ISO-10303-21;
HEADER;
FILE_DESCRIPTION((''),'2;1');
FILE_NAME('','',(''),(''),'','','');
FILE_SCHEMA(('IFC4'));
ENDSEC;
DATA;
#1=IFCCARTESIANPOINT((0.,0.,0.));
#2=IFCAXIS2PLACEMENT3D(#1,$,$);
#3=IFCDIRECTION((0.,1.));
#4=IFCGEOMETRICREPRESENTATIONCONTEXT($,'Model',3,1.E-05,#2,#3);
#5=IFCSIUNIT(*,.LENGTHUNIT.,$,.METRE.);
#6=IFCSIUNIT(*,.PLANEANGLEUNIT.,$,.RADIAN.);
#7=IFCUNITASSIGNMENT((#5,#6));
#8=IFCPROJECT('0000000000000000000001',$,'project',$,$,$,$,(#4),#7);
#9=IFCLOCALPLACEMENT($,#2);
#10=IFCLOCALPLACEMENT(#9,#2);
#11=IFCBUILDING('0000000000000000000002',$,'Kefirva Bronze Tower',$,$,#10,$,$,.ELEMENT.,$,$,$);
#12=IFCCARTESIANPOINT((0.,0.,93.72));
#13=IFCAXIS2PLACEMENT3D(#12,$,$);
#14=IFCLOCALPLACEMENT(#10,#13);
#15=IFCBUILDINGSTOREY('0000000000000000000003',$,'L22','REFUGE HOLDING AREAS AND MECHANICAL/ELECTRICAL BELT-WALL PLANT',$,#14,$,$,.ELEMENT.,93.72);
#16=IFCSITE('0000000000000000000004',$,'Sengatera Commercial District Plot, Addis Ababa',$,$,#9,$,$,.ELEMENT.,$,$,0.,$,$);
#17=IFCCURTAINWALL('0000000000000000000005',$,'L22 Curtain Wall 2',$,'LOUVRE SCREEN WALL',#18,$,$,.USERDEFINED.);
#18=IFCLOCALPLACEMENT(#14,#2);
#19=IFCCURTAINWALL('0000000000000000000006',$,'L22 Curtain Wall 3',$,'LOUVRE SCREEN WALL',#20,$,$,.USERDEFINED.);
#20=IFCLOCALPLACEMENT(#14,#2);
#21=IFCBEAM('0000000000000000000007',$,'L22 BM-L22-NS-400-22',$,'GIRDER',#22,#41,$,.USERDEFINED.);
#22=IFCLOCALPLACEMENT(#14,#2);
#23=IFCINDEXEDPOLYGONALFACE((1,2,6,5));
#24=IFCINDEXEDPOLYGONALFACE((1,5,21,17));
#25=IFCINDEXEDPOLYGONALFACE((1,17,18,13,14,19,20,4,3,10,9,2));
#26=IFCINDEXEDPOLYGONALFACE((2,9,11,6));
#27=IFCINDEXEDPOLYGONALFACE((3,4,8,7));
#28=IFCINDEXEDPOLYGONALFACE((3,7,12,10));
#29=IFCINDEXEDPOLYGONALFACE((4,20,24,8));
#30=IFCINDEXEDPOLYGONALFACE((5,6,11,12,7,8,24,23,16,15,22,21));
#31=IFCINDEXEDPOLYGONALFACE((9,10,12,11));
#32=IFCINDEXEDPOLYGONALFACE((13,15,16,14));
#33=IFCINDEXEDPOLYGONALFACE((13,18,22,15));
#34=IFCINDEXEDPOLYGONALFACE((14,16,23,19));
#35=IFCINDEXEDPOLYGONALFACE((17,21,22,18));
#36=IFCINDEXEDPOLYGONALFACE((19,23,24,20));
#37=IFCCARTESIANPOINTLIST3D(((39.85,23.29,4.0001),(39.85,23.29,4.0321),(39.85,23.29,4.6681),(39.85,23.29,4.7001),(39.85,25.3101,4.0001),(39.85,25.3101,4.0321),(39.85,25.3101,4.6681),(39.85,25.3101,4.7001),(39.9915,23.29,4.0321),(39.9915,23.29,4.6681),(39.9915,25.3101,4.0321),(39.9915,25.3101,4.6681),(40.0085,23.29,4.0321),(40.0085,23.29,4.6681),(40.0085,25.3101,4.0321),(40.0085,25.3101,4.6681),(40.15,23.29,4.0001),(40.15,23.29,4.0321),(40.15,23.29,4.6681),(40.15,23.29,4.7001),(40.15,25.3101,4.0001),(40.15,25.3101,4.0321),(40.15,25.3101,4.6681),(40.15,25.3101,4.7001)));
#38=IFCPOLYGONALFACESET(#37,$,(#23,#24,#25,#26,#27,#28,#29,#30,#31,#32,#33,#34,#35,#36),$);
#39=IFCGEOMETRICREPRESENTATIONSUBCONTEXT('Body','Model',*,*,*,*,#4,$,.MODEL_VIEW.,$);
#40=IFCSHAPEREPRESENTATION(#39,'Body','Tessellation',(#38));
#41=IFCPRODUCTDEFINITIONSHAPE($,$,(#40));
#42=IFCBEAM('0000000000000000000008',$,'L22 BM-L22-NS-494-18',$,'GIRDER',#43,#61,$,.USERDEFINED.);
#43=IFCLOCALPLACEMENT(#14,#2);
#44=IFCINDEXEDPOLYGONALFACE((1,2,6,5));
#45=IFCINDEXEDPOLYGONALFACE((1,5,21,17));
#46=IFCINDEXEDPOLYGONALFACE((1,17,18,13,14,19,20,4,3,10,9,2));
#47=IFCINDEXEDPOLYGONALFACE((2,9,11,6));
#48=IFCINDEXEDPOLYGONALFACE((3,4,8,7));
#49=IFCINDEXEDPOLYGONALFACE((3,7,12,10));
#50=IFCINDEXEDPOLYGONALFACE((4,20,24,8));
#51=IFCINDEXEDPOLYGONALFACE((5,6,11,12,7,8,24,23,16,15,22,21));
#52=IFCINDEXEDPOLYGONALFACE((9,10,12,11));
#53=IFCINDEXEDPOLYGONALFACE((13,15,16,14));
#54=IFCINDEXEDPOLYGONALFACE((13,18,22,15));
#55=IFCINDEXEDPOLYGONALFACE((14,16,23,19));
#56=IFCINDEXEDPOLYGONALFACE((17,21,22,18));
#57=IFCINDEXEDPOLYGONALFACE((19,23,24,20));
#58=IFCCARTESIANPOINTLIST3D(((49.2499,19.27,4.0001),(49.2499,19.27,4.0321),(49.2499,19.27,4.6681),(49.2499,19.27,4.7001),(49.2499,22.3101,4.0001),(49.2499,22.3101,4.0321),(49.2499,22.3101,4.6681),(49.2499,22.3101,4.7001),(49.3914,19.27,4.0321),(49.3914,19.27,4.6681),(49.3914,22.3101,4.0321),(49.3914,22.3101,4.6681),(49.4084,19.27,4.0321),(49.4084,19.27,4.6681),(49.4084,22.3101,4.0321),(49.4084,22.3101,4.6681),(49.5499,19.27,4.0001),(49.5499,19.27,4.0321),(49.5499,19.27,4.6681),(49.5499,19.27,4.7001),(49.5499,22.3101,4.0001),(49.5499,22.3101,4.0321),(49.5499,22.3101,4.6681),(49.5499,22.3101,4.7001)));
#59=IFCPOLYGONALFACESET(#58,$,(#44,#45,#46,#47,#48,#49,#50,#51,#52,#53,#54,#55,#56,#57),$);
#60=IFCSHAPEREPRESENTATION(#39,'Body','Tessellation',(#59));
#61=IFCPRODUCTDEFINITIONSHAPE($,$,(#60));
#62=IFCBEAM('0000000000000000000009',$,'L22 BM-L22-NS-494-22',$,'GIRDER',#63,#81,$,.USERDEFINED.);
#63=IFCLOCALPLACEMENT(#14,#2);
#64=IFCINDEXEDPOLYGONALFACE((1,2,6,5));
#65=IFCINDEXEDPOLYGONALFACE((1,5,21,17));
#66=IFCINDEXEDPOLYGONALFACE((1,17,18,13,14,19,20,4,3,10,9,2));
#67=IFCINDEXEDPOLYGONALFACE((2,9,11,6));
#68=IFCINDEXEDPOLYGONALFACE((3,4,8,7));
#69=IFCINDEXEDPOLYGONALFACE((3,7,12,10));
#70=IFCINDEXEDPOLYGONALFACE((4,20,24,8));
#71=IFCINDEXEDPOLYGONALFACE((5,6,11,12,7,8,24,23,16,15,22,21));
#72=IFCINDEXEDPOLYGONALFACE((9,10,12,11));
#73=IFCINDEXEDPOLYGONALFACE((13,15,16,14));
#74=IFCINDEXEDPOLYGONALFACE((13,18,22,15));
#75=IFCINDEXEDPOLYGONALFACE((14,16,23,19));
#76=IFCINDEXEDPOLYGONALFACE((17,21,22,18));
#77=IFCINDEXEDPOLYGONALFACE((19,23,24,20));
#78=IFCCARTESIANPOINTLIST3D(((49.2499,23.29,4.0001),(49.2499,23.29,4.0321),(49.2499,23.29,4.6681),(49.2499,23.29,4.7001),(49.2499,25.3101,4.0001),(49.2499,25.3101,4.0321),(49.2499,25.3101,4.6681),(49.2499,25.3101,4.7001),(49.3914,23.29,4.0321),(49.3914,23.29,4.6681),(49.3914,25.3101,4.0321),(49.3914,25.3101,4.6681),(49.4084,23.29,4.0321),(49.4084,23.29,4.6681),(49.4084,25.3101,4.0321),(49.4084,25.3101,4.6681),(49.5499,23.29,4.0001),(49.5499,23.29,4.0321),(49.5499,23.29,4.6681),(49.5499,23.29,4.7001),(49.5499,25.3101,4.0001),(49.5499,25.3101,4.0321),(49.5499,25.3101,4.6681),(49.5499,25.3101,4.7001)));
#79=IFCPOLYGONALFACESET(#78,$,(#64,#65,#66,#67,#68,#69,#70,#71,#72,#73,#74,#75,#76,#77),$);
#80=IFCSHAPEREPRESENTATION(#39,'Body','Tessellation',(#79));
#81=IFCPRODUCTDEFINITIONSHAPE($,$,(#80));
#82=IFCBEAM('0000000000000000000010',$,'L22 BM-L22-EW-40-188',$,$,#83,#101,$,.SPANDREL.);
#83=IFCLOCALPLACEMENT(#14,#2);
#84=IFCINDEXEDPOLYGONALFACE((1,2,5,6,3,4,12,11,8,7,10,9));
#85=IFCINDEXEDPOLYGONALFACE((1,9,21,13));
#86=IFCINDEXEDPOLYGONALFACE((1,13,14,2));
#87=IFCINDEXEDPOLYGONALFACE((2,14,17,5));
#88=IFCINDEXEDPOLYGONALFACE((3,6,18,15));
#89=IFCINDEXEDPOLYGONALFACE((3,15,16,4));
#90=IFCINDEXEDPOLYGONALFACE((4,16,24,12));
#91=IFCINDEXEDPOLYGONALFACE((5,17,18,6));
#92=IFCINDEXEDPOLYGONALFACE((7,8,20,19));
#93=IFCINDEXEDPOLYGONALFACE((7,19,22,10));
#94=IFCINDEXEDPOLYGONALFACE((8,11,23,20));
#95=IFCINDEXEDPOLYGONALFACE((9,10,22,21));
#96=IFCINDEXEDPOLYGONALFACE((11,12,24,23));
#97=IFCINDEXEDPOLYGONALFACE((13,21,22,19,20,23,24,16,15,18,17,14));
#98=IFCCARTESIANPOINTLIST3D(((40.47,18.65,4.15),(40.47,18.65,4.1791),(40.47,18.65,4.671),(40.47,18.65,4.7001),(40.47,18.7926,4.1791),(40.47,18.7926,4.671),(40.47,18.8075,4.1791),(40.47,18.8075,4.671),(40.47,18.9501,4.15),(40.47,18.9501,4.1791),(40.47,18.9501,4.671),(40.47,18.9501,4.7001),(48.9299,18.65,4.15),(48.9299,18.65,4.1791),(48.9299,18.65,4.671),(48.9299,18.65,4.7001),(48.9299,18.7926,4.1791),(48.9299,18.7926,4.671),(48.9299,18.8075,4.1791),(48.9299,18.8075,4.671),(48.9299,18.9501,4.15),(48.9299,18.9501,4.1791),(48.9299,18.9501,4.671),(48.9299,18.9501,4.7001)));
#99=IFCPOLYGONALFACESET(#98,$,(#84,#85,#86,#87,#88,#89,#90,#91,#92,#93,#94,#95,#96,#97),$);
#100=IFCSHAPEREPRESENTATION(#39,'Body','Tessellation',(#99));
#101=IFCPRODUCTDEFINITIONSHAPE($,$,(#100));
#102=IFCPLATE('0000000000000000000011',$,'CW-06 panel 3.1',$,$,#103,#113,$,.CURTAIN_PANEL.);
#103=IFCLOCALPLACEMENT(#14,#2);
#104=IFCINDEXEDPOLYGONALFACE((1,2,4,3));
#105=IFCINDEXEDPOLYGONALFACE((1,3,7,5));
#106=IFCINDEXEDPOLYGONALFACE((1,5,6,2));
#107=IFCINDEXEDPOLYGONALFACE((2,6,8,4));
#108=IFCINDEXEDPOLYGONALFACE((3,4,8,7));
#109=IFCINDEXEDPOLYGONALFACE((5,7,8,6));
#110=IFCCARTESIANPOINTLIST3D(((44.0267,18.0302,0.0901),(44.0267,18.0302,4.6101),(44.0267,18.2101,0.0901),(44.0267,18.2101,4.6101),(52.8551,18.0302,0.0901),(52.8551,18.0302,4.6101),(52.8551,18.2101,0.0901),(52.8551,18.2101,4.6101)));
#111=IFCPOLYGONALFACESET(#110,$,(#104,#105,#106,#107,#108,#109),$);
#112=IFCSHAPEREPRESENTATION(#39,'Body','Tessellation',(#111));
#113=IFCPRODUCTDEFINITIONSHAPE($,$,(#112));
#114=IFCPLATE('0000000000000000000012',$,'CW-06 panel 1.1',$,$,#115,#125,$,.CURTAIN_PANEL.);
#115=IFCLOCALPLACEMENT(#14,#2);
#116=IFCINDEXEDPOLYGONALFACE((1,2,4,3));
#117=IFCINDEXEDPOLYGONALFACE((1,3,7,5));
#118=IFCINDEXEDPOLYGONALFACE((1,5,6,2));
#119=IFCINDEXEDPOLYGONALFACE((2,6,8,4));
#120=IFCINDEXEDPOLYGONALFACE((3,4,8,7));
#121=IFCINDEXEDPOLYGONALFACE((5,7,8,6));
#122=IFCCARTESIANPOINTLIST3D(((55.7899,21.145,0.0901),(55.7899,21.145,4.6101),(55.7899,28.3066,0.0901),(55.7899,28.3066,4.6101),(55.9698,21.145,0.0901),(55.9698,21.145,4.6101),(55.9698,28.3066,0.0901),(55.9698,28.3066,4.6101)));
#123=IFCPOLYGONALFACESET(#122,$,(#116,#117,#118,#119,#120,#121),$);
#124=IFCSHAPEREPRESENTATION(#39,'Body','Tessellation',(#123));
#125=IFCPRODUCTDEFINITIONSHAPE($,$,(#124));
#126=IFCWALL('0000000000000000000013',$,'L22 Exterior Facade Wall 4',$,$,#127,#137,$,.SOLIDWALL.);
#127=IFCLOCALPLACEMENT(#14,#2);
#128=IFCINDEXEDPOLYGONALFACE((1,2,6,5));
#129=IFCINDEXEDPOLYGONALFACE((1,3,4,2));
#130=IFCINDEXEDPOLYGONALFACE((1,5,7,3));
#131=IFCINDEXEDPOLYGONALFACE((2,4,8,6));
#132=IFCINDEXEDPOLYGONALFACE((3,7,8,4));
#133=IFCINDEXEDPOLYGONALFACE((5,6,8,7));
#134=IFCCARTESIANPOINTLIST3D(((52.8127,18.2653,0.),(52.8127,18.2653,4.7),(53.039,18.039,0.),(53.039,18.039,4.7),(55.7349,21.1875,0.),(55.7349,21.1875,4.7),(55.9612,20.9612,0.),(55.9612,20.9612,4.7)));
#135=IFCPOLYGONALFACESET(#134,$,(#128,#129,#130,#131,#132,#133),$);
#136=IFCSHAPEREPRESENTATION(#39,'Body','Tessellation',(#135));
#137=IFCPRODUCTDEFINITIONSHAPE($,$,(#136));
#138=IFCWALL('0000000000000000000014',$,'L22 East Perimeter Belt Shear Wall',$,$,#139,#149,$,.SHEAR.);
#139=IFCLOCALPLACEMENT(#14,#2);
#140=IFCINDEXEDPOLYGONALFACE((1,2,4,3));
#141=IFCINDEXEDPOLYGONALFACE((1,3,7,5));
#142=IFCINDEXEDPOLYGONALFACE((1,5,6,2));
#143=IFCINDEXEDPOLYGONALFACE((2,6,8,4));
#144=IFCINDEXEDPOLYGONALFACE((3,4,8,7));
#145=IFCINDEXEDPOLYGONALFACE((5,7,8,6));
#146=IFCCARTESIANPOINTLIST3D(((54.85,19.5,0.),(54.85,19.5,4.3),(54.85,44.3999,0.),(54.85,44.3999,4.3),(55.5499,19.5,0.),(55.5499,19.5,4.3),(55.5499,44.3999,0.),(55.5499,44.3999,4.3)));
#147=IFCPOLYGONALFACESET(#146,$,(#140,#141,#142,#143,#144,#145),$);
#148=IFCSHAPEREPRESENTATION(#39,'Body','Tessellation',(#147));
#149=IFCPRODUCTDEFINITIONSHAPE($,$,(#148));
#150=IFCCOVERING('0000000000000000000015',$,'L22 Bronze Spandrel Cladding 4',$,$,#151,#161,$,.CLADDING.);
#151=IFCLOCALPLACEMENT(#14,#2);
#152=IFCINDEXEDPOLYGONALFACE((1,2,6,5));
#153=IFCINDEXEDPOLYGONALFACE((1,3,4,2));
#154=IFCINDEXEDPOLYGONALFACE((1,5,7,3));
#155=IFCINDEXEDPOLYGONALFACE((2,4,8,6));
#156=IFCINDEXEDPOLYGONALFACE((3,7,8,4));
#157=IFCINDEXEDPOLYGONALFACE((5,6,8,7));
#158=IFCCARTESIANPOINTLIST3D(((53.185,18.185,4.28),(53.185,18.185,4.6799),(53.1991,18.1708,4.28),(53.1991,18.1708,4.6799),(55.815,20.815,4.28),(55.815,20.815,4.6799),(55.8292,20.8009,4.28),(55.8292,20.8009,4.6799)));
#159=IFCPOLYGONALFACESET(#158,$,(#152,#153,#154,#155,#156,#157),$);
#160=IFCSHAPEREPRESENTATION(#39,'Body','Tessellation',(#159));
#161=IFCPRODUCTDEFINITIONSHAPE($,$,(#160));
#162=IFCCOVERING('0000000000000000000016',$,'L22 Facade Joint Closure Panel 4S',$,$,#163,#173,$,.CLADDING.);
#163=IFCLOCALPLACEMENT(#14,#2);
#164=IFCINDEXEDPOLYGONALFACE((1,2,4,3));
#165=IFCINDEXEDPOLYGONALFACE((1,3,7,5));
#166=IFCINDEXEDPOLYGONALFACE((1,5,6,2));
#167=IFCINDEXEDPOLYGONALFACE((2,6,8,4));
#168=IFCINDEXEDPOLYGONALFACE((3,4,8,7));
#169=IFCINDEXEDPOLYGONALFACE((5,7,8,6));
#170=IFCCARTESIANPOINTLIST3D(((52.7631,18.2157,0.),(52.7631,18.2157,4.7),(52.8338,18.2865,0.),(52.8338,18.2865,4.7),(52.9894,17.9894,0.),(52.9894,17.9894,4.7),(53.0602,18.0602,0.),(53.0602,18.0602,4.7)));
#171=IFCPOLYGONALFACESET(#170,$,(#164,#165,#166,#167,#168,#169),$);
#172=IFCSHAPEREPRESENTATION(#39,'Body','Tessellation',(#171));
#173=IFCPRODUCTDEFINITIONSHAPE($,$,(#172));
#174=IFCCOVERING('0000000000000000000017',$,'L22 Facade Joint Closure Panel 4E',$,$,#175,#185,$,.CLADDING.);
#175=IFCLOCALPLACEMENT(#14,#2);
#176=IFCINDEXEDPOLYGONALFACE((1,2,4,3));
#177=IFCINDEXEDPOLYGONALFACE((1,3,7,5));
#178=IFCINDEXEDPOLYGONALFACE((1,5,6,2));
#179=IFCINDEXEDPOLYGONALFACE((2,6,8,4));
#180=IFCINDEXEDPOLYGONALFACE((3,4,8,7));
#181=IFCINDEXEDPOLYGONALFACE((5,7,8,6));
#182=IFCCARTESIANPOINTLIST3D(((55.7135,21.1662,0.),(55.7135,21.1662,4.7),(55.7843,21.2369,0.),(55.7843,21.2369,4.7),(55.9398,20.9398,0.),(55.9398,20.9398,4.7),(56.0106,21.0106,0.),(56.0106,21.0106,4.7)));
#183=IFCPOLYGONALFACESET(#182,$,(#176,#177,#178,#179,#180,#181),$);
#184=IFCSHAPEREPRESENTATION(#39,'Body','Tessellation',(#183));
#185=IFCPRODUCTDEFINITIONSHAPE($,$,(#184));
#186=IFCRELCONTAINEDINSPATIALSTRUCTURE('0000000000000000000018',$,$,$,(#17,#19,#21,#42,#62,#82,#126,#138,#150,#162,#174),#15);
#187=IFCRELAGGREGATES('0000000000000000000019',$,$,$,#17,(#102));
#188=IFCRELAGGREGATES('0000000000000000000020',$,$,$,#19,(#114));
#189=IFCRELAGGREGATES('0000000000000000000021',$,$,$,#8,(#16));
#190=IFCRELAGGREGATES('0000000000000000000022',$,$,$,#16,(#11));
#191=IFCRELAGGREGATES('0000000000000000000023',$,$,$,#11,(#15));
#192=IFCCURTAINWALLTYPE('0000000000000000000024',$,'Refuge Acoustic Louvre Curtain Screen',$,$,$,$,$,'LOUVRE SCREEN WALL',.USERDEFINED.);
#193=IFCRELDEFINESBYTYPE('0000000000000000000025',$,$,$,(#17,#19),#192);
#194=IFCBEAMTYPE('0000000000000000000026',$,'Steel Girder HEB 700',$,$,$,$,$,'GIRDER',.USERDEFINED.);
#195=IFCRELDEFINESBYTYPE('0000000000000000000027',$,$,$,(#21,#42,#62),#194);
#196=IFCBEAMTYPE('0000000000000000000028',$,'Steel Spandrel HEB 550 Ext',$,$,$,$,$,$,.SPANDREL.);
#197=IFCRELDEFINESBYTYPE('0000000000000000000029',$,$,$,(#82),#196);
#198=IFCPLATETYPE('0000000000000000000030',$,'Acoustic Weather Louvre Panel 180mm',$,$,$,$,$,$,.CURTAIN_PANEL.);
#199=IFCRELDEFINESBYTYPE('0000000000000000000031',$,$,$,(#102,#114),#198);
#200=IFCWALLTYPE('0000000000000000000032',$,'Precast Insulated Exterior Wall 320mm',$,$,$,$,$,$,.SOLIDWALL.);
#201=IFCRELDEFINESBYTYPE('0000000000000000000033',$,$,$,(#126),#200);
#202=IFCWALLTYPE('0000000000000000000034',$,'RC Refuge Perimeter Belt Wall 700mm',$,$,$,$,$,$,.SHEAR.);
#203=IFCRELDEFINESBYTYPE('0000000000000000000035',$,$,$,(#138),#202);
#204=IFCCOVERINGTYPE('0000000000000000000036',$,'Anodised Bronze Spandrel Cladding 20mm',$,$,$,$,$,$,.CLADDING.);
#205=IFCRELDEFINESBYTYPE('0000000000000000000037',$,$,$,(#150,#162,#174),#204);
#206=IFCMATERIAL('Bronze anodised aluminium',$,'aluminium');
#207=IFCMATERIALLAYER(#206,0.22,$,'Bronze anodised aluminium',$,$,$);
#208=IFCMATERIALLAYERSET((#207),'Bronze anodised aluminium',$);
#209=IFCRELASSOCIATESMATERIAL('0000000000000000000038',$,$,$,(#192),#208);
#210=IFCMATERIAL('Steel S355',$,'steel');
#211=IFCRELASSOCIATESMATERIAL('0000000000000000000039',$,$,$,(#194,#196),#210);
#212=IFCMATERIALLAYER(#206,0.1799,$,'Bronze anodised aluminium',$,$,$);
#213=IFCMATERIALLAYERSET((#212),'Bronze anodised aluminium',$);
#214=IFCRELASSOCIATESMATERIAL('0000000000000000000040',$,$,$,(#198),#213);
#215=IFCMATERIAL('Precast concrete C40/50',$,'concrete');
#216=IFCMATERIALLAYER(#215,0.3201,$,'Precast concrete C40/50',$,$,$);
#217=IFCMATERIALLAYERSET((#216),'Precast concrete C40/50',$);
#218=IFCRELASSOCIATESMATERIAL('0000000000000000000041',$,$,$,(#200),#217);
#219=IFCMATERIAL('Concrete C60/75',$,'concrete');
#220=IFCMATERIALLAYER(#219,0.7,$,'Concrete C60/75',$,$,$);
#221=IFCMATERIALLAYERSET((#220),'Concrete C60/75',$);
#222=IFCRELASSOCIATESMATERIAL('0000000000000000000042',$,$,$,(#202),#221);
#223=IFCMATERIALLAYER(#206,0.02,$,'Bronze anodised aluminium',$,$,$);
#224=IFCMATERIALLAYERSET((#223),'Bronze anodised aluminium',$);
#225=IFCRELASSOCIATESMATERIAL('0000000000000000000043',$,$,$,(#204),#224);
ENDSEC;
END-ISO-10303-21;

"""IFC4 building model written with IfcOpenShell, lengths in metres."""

from ifc_helpers import new_model, si_unit, direction, frame, frame_2d, origin, origin_2d, place, context, subcontext, project, spatial, rectangle, i_section, extrude, material, layer, layer_set, material_profile, profile_set, type_object, element, aggregate, save


model = new_model("IFC4")

# Units and contexts
model_context = context("Model", 3, precision=1e-05, world=origin(), true_north=direction((0.0, 1.0)))
body_context = subcontext(model_context, "Body", "Model", "MODEL_VIEW")
ifc_project = project(units=[si_unit("LENGTHUNIT", "METRE"), si_unit("PLANEANGLEUNIT", "RADIAN")], contexts=[model_context])

# Site, building, storey
site_placement = place(None, origin())
site = spatial("IfcSite", under=ifc_project, at=site_placement, Name="Sengatera Commercial District Plot, Addis Ababa", CompositionType="ELEMENT", RefElevation=0.0)
building_placement = place(site_placement, origin())
building = spatial("IfcBuilding", under=site, at=building_placement, Name="Kefirva Bronze Tower", CompositionType="ELEMENT")
storey_placement = place(building_placement, frame((0.0, 0.0, 93.72)))
storey = spatial("IfcBuildingStorey", under=building, at=storey_placement, Name="L22", Description="REFUGE HOLDING AREAS AND MECHANICAL/ELECTRICAL BELT-WALL PLANT", CompositionType="ELEMENT", Elevation=93.72)

# Shared definitions
ifc_material_1 = material(Name="Concrete C60/75", Category="concrete")

# Curtain wall
ifc_material_2 = material(Name="Bronze anodised aluminium", Category="aluminium")
ifc_layer_1 = layer(ifc_material_2, 0.22, Name="Bronze anodised aluminium")
ifc_layer_set_1 = layer_set([ifc_layer_1], Name="Bronze anodised aluminium")
curtain_wall_type = type_object("IfcCurtainWallType", Name="Refuge Acoustic Louvre Curtain Screen", ElementType="LOUVRE SCREEN WALL", PredefinedType="USERDEFINED", material=ifc_layer_set_1)
curtain_wall_1_placement = place(storey_placement, origin())
curtain_wall_1 = element("IfcCurtainWall", 1, at=curtain_wall_1_placement, inside=storey, type_object=curtain_wall_type, Name="L22 Curtain Wall 2", ObjectType="LOUVRE SCREEN WALL", PredefinedType="USERDEFINED")

# Curtain wall
curtain_wall_2_placement = place(storey_placement, origin())
curtain_wall_2 = element("IfcCurtainWall", 2, at=curtain_wall_2_placement, inside=storey, type_object=curtain_wall_type, Name="L22 Curtain Wall 3", ObjectType="LOUVRE SCREEN WALL", PredefinedType="USERDEFINED")

# Beams
ifc_material_3 = material(Name="Steel S355", Category="steel")
ifc_material_profile_1 = material_profile(ifc_material_3, i_section(OverallWidth=0.3, OverallDepth=0.7, WebThickness=0.0171, FlangeThickness=0.032, at=origin_2d()), Name="HEB 700")
ifc_profile_set_1 = profile_set([ifc_material_profile_1], Name="Steel S355")
beam_type_1 = type_object("IfcBeamType", Name="Steel Girder HEB 700", ElementType="GIRDER", PredefinedType="USERDEFINED", material=ifc_profile_set_1)
beam_1_placement = place(storey_placement, frame((40.0, 23.29, 4.3501), z_axis=(0.0, 1.0, 0.0), x_axis=(-1.0, 0.0, 0.0)))
element("IfcBeam", 3, at=beam_1_placement, inside=storey, type_object=beam_type_1, Name="L22 BM-L22-NS-400-22", ObjectType="GIRDER", PredefinedType="USERDEFINED", context=body_context, shape_type="SweptSolid", body=[
    extrude(i_section(OverallWidth=0.3, OverallDepth=0.7, WebThickness=0.0171, FlangeThickness=0.032, at=origin_2d()), origin(), (0.0, 0.0, 1.0), 2.02),
])
beam_2_placement = place(storey_placement, frame((49.3999, 19.27, 4.3501), z_axis=(0.0, 1.0, 0.0), x_axis=(-1.0, 0.0, 0.0)))
element("IfcBeam", 4, at=beam_2_placement, inside=storey, type_object=beam_type_1, Name="L22 BM-L22-NS-494-18", ObjectType="GIRDER", PredefinedType="USERDEFINED", context=body_context, shape_type="SweptSolid", body=[
    extrude(i_section(OverallWidth=0.3, OverallDepth=0.7, WebThickness=0.0171, FlangeThickness=0.032, at=origin_2d()), origin(), (0.0, 0.0, 1.0), 3.04),
])
beam_3_placement = place(storey_placement, frame((49.3999, 23.29, 4.3501), z_axis=(0.0, 1.0, 0.0), x_axis=(-1.0, 0.0, 0.0)))
element("IfcBeam", 5, at=beam_3_placement, inside=storey, type_object=beam_type_1, Name="L22 BM-L22-NS-494-22", ObjectType="GIRDER", PredefinedType="USERDEFINED", context=body_context, shape_type="SweptSolid", body=[
    extrude(i_section(OverallWidth=0.3, OverallDepth=0.7, WebThickness=0.0171, FlangeThickness=0.032, at=origin_2d()), origin(), (0.0, 0.0, 1.0), 2.02),
])
ifc_material_profile_2 = material_profile(ifc_material_3, i_section(OverallWidth=0.3, OverallDepth=0.55, WebThickness=0.0149, FlangeThickness=0.0291, at=origin_2d()), Name="HEB 550")
ifc_profile_set_2 = profile_set([ifc_material_profile_2], Name="Steel S355")
beam_type_2 = type_object("IfcBeamType", Name="Steel Spandrel HEB 550 Ext", PredefinedType="SPANDREL", material=ifc_profile_set_2)
beam_4_placement = place(storey_placement, frame((40.47, 18.8, 4.425), z_axis=(1.0, 0.0, 0.0), x_axis=(0.0, 1.0, 0.0)))
element("IfcBeam", 6, at=beam_4_placement, inside=storey, type_object=beam_type_2, Name="L22 BM-L22-EW-40-188", PredefinedType="SPANDREL", context=body_context, shape_type="SweptSolid", body=[
    extrude(i_section(OverallWidth=0.3, OverallDepth=0.55, WebThickness=0.0149, FlangeThickness=0.0291, at=origin_2d()), origin(), (0.0, 0.0, 1.0), 8.46),
])

# Plates
ifc_layer_2 = layer(ifc_material_2, 0.1799, Name="Bronze anodised aluminium")
ifc_layer_set_2 = layer_set([ifc_layer_2], Name="Bronze anodised aluminium")
plate_type = type_object("IfcPlateType", Name="Acoustic Weather Louvre Panel 180mm", PredefinedType="CURTAIN_PANEL", material=ifc_layer_set_2)
plate_1_placement = place(storey_placement, frame((48.4409, 18.1201, 0.0901), z_axis=(0.0, 0.0, 1.0), x_axis=(1.0, 0.0, 0.0)))
plate_1 = element("IfcPlate", 7, at=plate_1_placement, type_object=plate_type, Name="CW-06 panel 3.1", PredefinedType="CURTAIN_PANEL", context=body_context, shape_type="SweptSolid", body=[
    extrude(rectangle(XDim=8.8284, YDim=0.1799, at=origin_2d()), origin(), (0.0, 0.0, 1.0), 4.52),
])
aggregate(curtain_wall_1, [plate_1])
plate_2_placement = place(storey_placement, frame((55.8799, 24.7258, 0.0901), z_axis=(0.0, 0.0, 1.0), x_axis=(0.0, 1.0, 0.0)))
plate_2 = element("IfcPlate", 8, at=plate_2_placement, type_object=plate_type, Name="CW-06 panel 1.1", PredefinedType="CURTAIN_PANEL", context=body_context, shape_type="SweptSolid", body=[
    extrude(rectangle(XDim=7.1616, YDim=0.1799, at=origin_2d()), origin(), (0.0, 0.0, 1.0), 4.52),
])
aggregate(curtain_wall_2, [plate_2])

# Walls
ifc_material_4 = material(Name="Precast concrete C40/50", Category="concrete")
ifc_layer_3 = layer(ifc_material_4, 0.3201, Name="Precast concrete C40/50")
ifc_layer_set_3 = layer_set([ifc_layer_3], Name="Precast concrete C40/50")
wall_type_1 = type_object("IfcWallType", Name="Precast Insulated Exterior Wall 320mm", PredefinedType="SOLIDWALL", material=ifc_layer_set_3)
wall_1_placement = place(storey_placement, frame((52.9258, 18.1521, 0.0), z_axis=(0.0, 0.0, 1.0), x_axis=(0.707107, 0.707107, 0.0)))
element("IfcWall", 9, at=wall_1_placement, inside=storey, type_object=wall_type_1, Name="L22 Exterior Facade Wall 4", PredefinedType="SOLIDWALL", context=body_context, shape_type="SweptSolid", body=[
    extrude(rectangle(XDim=4.1326, YDim=0.3201, at=frame_2d((2.0664, 0.0))), origin(), (0.0, 0.0, 1.0), 4.7),
])
ifc_layer_4 = layer(ifc_material_1, 0.7, Name="Concrete C60/75")
ifc_layer_set_4 = layer_set([ifc_layer_4], Name="Concrete C60/75")
wall_type_2 = type_object("IfcWallType", Name="RC Refuge Perimeter Belt Wall 700mm", PredefinedType="SHEAR", material=ifc_layer_set_4)
wall_2_placement = place(storey_placement, frame((55.2, 19.5, 0.0), z_axis=(0.0, 0.0, 1.0), x_axis=(0.0, 1.0, 0.0)))
element("IfcWall", 10, at=wall_2_placement, inside=storey, type_object=wall_type_2, Name="L22 East Perimeter Belt Shear Wall", PredefinedType="SHEAR", context=body_context, shape_type="SweptSolid", body=[
    extrude(rectangle(XDim=24.8999, YDim=0.7, at=frame_2d((12.45, 0.0))), origin(), (0.0, 0.0, 1.0), 4.3),
])

# Coverings
ifc_layer_5 = layer(ifc_material_2, 0.02, Name="Bronze anodised aluminium")
ifc_layer_set_5 = layer_set([ifc_layer_5], Name="Bronze anodised aluminium")
covering_type_1 = type_object("IfcCoveringType", Name="Anodised Bronze Spandrel Cladding 20mm", PredefinedType="CLADDING", material=ifc_layer_set_5)
covering_1_placement = place(storey_placement, frame((54.5071, 19.4929, 4.28), z_axis=(0.0, 0.0, 1.0), x_axis=(0.707107, 0.707107, 0.0)))
element("IfcCovering", 11, at=covering_1_placement, inside=storey, type_object=covering_type_1, Name="L22 Bronze Spandrel Cladding 4", PredefinedType="CLADDING", context=body_context, shape_type="SweptSolid", body=[
    extrude(rectangle(XDim=3.7195, YDim=0.02, at=origin_2d()), origin(), (0.0, 0.0, 1.0), 0.3999),
])
for number, where, z_axis, x_axis, name in (
    (12, (52.9116, 18.1379, 0.0), (0.0, 0.0, 1.0), (0.707107, 0.707107, 0.0), "L22 Facade Joint Closure Panel 4S"),
    (13, (55.8621, 21.0884, 0.0), (0.0, 0.0, 1.0), (0.707107, 0.707107, 0.0), "L22 Facade Joint Closure Panel 4E"),
):
    element("IfcCovering", number, at=place(storey_placement, frame(where, z_axis=z_axis, x_axis=x_axis)), inside=storey, type_object=covering_type_1, Name=name, PredefinedType="CLADDING", context=body_context, shape_type="SweptSolid", body=[
        extrude(rectangle(XDim=0.1001, YDim=0.3201, at=origin_2d()), origin(), (0.0, 0.0, 1.0), 4.7),
    ])

save(model, "model.ifc")
